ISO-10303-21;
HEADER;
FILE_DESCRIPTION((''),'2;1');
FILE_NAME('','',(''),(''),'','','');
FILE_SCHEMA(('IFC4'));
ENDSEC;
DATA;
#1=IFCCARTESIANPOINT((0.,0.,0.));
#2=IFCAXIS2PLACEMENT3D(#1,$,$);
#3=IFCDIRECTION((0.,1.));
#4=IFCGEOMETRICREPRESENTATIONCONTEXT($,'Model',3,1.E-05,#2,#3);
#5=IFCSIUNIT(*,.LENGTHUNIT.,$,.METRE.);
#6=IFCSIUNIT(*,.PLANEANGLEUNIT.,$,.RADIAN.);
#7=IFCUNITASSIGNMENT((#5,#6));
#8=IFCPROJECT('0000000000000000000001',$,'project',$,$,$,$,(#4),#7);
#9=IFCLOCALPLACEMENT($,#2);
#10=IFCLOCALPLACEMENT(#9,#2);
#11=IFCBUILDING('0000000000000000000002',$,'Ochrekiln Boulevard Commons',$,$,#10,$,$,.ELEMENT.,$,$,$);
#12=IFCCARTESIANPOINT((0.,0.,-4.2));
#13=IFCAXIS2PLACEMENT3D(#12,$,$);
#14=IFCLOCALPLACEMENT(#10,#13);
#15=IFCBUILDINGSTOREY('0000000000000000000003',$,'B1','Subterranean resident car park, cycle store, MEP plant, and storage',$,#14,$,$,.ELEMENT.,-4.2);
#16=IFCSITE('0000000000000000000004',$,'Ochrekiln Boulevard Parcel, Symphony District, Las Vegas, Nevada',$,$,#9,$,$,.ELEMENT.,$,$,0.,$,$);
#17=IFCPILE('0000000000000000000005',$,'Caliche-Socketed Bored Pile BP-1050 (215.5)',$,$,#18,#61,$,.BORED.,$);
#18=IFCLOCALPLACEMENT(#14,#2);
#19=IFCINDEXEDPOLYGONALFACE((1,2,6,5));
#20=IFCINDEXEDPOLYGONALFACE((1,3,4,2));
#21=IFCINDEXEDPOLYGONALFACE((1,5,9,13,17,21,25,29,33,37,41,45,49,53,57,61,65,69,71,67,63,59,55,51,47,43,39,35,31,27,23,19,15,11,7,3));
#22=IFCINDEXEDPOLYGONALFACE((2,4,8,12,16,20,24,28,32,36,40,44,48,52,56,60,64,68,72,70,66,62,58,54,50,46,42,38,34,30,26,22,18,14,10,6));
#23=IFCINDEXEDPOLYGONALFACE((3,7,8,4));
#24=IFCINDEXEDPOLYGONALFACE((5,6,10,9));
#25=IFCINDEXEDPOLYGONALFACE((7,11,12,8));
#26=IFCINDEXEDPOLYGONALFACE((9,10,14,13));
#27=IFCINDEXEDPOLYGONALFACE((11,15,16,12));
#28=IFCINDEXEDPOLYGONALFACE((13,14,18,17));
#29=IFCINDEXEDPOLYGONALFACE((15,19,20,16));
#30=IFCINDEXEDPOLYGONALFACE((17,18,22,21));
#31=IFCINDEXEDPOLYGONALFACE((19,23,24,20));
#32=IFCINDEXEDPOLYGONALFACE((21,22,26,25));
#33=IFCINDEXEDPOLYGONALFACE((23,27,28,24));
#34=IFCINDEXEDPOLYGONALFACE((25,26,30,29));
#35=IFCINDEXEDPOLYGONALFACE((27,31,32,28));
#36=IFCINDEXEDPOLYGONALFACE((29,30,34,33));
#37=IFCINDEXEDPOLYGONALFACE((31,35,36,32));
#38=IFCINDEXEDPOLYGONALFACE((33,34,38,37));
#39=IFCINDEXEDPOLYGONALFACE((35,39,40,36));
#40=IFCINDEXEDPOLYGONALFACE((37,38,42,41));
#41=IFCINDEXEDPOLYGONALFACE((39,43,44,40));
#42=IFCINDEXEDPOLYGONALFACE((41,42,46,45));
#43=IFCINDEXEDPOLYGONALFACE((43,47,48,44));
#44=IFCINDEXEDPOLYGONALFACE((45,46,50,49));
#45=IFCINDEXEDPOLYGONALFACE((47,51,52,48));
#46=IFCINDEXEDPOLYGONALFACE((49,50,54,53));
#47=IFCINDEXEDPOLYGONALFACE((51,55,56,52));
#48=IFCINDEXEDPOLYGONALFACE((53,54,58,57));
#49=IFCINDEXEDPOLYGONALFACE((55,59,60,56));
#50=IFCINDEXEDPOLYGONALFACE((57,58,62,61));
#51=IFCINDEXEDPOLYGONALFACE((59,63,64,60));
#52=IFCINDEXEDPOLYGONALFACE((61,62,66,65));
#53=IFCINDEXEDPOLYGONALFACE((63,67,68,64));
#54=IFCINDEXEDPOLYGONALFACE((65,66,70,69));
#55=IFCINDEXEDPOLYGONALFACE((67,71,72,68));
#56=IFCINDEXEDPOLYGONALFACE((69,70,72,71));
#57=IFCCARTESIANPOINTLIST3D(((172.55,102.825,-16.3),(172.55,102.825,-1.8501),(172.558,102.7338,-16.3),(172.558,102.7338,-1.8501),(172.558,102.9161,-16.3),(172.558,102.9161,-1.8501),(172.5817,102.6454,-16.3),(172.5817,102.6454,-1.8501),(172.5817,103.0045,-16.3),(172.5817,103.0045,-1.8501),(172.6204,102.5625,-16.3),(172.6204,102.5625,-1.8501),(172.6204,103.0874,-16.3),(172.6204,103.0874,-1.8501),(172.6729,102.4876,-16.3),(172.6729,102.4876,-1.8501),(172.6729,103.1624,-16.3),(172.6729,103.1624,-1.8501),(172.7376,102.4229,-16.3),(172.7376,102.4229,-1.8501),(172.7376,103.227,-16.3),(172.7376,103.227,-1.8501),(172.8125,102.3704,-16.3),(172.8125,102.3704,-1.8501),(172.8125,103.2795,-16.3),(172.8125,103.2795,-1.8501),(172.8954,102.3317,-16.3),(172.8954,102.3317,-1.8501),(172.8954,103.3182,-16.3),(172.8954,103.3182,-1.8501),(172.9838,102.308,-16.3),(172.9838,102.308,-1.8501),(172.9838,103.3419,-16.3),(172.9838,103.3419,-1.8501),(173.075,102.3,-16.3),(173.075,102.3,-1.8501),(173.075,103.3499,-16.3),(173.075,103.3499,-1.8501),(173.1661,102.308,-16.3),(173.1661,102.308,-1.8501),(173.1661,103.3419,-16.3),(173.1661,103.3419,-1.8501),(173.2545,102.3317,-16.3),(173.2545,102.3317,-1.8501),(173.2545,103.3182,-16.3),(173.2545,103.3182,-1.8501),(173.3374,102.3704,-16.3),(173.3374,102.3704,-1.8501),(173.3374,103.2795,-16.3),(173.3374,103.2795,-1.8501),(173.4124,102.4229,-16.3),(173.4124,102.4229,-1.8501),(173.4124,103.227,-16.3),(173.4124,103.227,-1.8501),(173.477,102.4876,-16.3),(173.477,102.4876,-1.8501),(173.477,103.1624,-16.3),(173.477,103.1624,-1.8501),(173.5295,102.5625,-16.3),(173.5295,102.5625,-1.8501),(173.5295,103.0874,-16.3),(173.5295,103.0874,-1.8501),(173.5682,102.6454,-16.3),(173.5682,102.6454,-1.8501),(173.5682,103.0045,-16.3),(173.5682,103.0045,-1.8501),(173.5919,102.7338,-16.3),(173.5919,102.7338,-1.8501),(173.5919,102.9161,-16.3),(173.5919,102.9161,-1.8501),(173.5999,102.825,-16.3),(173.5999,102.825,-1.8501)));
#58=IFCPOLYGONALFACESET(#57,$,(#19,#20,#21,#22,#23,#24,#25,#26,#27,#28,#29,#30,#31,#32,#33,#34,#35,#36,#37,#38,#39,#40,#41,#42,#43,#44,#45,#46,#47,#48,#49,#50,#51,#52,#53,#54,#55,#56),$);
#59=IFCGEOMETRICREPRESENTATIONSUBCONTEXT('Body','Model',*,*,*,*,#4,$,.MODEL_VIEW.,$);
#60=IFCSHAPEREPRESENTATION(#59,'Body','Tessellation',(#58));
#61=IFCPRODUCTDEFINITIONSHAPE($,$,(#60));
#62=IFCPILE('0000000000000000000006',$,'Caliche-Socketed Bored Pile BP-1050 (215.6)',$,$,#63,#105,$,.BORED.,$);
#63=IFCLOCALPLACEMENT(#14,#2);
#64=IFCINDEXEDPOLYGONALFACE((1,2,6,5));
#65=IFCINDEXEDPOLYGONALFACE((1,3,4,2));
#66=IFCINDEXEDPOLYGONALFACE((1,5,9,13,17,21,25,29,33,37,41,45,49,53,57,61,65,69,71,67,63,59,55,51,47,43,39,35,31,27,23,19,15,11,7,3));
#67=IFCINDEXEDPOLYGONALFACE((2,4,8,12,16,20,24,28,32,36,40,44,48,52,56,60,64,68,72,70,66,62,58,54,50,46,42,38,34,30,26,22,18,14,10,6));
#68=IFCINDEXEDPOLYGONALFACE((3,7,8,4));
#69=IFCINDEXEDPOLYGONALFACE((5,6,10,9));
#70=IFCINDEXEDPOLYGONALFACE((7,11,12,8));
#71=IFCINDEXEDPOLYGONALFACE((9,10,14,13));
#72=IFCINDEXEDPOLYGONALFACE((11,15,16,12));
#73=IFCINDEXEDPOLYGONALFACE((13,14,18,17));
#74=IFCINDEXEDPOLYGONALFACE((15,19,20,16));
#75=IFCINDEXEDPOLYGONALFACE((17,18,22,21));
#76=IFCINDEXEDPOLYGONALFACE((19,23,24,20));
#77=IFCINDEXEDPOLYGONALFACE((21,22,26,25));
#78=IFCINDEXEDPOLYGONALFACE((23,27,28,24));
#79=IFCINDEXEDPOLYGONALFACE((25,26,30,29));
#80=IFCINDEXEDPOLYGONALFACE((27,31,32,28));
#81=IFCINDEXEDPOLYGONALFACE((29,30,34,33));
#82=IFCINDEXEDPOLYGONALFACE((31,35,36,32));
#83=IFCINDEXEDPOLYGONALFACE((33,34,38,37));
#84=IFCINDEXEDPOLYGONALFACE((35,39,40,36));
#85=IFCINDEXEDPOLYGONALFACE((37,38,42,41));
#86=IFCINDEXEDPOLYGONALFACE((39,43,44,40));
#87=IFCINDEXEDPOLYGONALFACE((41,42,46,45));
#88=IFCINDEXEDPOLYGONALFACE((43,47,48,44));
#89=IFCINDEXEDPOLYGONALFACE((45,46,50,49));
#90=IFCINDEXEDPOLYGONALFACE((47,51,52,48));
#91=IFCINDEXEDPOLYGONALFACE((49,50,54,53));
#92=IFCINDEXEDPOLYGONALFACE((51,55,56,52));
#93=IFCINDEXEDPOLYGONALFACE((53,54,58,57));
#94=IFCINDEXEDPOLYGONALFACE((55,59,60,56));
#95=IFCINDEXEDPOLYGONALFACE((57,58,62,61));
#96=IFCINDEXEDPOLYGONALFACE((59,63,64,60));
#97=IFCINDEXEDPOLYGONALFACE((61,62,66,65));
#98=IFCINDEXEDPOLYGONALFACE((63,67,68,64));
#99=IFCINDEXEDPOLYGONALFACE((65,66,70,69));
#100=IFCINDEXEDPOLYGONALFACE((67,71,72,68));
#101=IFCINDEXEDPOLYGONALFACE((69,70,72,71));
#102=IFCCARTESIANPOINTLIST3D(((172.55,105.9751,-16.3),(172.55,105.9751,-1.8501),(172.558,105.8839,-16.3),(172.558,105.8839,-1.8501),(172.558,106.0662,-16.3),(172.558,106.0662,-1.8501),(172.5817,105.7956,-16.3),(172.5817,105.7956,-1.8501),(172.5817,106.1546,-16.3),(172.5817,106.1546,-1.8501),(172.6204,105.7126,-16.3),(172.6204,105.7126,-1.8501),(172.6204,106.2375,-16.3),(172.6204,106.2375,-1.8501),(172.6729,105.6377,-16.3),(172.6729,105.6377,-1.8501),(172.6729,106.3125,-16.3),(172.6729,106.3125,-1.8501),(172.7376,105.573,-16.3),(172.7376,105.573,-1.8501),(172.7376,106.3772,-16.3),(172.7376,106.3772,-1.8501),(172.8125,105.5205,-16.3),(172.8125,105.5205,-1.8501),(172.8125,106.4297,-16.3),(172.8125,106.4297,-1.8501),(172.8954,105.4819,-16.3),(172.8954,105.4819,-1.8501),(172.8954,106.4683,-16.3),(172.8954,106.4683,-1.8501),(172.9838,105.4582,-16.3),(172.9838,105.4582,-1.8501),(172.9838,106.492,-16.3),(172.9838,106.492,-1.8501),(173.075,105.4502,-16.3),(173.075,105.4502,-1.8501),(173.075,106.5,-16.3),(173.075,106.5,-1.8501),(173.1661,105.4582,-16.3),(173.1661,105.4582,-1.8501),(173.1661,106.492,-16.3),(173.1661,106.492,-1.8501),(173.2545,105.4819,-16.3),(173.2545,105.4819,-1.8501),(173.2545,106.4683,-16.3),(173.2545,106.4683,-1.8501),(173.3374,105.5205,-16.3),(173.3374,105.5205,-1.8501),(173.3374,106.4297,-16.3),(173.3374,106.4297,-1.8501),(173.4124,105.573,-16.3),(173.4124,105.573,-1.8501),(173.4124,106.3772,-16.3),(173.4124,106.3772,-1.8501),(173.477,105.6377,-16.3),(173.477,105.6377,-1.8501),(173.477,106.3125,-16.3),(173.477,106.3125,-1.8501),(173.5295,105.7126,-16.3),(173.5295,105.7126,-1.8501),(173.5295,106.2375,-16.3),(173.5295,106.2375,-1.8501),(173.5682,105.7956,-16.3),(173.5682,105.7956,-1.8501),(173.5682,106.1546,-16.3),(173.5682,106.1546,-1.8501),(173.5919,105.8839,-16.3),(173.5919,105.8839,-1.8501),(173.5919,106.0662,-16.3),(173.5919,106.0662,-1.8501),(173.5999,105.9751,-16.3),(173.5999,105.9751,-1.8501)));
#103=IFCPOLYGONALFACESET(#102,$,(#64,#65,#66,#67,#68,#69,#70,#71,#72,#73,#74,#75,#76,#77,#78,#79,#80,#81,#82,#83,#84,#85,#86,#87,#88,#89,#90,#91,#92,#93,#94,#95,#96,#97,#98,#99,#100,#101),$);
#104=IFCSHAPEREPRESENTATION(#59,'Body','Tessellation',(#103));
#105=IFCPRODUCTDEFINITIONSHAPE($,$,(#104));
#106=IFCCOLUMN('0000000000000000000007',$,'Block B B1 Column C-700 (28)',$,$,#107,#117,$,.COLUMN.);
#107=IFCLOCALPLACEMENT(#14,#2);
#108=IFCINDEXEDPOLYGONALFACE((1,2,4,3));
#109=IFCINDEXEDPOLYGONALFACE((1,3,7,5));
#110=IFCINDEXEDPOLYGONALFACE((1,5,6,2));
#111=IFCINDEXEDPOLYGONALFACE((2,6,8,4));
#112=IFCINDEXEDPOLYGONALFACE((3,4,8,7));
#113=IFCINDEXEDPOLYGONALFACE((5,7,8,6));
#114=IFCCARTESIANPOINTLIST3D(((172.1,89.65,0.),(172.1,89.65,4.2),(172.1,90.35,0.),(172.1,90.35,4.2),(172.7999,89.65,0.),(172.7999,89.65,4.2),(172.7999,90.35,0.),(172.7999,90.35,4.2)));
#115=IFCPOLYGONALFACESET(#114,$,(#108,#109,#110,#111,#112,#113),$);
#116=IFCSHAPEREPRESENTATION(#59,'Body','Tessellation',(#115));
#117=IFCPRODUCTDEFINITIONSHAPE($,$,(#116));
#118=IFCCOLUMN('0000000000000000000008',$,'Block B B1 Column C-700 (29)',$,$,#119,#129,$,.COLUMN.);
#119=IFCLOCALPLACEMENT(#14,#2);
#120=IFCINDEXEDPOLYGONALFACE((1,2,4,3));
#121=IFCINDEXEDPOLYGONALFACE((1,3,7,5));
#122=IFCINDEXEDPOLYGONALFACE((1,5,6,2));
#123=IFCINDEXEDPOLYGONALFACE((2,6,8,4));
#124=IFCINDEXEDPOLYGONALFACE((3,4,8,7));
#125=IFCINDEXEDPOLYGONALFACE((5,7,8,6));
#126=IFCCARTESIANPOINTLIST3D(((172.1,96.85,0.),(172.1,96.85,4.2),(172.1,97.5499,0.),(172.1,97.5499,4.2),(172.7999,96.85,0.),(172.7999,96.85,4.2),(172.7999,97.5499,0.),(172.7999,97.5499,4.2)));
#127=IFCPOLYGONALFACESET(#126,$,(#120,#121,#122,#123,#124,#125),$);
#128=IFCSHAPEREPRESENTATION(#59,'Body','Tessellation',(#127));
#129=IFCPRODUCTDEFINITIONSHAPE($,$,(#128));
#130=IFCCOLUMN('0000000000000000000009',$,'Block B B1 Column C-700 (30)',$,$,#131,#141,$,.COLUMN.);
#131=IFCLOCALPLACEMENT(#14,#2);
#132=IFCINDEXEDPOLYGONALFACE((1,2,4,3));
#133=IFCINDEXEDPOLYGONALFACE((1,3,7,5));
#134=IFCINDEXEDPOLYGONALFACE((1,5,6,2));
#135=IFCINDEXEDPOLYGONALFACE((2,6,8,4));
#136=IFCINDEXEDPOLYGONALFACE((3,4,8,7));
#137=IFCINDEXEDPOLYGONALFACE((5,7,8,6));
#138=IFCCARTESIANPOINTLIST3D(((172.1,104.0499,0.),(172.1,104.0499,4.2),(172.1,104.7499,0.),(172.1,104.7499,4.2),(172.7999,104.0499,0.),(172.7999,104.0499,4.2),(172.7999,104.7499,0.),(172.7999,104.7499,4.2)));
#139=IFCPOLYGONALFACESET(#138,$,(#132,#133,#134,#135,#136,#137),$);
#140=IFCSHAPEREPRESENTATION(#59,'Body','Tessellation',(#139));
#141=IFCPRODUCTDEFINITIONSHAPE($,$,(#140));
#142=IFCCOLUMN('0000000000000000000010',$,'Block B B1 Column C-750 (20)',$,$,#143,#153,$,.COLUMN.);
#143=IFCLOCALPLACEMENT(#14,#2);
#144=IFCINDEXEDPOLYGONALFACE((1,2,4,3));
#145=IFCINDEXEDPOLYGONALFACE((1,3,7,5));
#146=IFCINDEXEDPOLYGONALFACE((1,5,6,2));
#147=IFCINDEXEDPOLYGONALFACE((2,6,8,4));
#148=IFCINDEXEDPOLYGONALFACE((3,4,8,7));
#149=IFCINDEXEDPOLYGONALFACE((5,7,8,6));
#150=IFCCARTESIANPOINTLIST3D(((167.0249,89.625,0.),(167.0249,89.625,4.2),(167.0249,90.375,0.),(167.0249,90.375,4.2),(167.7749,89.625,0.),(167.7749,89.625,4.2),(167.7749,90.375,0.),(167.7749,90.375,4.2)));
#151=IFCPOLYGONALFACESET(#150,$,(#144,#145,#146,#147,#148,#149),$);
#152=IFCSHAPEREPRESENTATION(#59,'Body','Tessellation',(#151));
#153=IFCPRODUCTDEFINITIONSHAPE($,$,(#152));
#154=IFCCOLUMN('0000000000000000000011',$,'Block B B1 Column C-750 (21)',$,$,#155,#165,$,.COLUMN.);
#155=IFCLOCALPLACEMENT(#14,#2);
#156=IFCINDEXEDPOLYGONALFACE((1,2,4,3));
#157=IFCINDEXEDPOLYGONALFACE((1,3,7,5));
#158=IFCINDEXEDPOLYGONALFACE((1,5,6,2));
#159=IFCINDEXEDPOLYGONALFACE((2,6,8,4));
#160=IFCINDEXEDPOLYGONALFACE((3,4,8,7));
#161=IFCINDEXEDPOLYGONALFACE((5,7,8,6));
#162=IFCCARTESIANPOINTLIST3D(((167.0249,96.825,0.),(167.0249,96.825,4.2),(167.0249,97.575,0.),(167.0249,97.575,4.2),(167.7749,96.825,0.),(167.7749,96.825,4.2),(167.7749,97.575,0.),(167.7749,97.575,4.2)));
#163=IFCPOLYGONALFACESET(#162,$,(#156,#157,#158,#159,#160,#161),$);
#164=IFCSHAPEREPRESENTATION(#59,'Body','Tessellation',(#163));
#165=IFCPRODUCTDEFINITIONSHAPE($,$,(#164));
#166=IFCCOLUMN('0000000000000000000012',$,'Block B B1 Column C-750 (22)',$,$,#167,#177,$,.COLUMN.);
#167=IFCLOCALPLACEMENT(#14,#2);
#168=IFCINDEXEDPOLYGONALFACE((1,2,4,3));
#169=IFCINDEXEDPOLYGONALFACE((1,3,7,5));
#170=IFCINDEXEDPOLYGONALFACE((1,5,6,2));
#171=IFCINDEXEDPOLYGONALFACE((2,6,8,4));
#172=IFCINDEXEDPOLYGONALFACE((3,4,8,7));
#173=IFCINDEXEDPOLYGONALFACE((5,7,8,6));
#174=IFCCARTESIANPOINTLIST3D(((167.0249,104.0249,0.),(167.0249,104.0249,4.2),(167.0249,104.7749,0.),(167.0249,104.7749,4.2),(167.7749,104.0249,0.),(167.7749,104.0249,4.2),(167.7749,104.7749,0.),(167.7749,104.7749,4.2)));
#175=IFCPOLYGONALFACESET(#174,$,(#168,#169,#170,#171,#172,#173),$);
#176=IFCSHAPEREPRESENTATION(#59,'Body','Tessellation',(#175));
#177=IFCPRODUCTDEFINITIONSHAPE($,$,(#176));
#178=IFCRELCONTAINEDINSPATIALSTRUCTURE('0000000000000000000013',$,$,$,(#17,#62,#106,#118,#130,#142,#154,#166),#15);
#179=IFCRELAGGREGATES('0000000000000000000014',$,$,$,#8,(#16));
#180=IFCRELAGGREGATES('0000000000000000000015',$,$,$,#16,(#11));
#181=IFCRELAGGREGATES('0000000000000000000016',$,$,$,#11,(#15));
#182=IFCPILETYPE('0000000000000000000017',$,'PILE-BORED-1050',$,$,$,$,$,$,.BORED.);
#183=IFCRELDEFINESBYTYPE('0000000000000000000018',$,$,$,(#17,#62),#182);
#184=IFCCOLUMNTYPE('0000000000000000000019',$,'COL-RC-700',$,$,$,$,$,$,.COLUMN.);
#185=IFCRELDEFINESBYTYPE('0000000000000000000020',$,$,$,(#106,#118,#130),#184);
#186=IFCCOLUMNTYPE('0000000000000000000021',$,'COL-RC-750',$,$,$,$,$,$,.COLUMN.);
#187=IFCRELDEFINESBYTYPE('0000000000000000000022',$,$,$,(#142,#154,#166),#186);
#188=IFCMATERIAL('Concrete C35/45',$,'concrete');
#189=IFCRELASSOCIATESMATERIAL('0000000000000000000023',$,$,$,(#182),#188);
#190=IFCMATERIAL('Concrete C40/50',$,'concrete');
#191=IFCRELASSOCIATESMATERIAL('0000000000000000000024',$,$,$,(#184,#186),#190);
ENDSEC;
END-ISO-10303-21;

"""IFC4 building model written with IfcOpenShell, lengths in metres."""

from ifc_helpers import new_model, si_unit, direction, frame, origin, origin_2d, place, context, subcontext, project, spatial, rectangle, circle, extrude, material, material_profile, profile_set, type_object, element, save


model = new_model("IFC4")

# Units and contexts
model_context = context("Model", 3, precision=1e-05, world=origin(), true_north=direction((0.0, 1.0)))
body_context = subcontext(model_context, "Body", "Model", "MODEL_VIEW")
ifc_project = project(units=[si_unit("LENGTHUNIT", "METRE"), si_unit("PLANEANGLEUNIT", "RADIAN")], contexts=[model_context])

# Site, building, storey
site_placement = place(None, origin())
site = spatial("IfcSite", under=ifc_project, at=site_placement, Name="Ochrekiln Boulevard Parcel, Symphony District, Las Vegas, Nevada", CompositionType="ELEMENT", RefElevation=0.0)
building_placement = place(site_placement, origin())
building = spatial("IfcBuilding", under=site, at=building_placement, Name="Ochrekiln Boulevard Commons", CompositionType="ELEMENT")
storey_placement = place(building_placement, frame((0.0, 0.0, -4.2)))
storey = spatial("IfcBuildingStorey", under=building, at=storey_placement, Name="B1", Description="Subterranean resident car park, cycle store, MEP plant, and storage", CompositionType="ELEMENT", Elevation=-4.2)

# Shared definitions
ifc_material_1 = material(Name="Concrete C35/45", Category="concrete")

# Piles
ifc_material_profile_1 = material_profile(ifc_material_1, circle(Radius=0.5249, at=origin_2d()), Name="PILE-D1050")
ifc_profile_set_1 = profile_set([ifc_material_profile_1], Name="Concrete C35/45")
pile_type = type_object("IfcPileType", Name="PILE-BORED-1050", PredefinedType="BORED", material=ifc_profile_set_1)
for number, where, z_axis, x_axis, name in (
    (1, (173.075, 102.825, -1.8501), (0.0, 0.0, -1.0), (1.0, 0.0, 0.0), "Caliche-Socketed Bored Pile BP-1050 (215.5)"),
    (2, (173.075, 105.9751, -1.8501), (0.0, 0.0, -1.0), (1.0, 0.0, 0.0), "Caliche-Socketed Bored Pile BP-1050 (215.6)"),
):
    element("IfcPile", number, at=place(storey_placement, frame(where, z_axis=z_axis, x_axis=x_axis)), inside=storey, type_object=pile_type, Name=name, PredefinedType="BORED", context=body_context, shape_type="SweptSolid", body=[
        extrude(circle(Radius=0.5249, at=origin_2d()), origin(), (0.0, 0.0, 1.0), 14.45),
    ])

# Columns
ifc_material_2 = material(Name="Concrete C40/50", Category="concrete")
ifc_material_profile_2 = material_profile(ifc_material_2, rectangle(XDim=0.7, YDim=0.7, at=origin_2d()), Name="RC-COL-700x700")
ifc_profile_set_2 = profile_set([ifc_material_profile_2], Name="Concrete C40/50")
column_type_1 = type_object("IfcColumnType", Name="COL-RC-700", PredefinedType="COLUMN", material=ifc_profile_set_2)
for number, where, z_axis, x_axis, name in (
    (3, (172.45, 90.0, 0.0), (0.0, 0.0, 1.0), (1.0, 0.0, 0.0), "Block B B1 Column C-700 (28)"),
    (4, (172.45, 97.2, 0.0), (0.0, 0.0, 1.0), (1.0, 0.0, 0.0), "Block B B1 Column C-700 (29)"),
    (5, (172.45, 104.3999, 0.0), (0.0, 0.0, 1.0), (1.0, 0.0, 0.0), "Block B B1 Column C-700 (30)"),
):
    element("IfcColumn", number, at=place(storey_placement, frame(where, z_axis=z_axis, x_axis=x_axis)), inside=storey, type_object=column_type_1, Name=name, PredefinedType="COLUMN", context=body_context, shape_type="SweptSolid", body=[
        extrude(rectangle(XDim=0.7, YDim=0.7, at=origin_2d()), origin(), (0.0, 0.0, 1.0), 4.2),
    ])
ifc_material_profile_3 = material_profile(ifc_material_2, rectangle(XDim=0.75, YDim=0.75, at=origin_2d()), Name="RC-COL-750x750")
ifc_profile_set_3 = profile_set([ifc_material_profile_3], Name="Concrete C40/50")
column_type_2 = type_object("IfcColumnType", Name="COL-RC-750", PredefinedType="COLUMN", material=ifc_profile_set_3)
for number, where, z_axis, x_axis, name in (
    (6, (167.3999, 90.0, 0.0), (0.0, 0.0, 1.0), (1.0, 0.0, 0.0), "Block B B1 Column C-750 (20)"),
    (7, (167.3999, 97.2, 0.0), (0.0, 0.0, 1.0), (1.0, 0.0, 0.0), "Block B B1 Column C-750 (21)"),
    (8, (167.3999, 104.3999, 0.0), (0.0, 0.0, 1.0), (1.0, 0.0, 0.0), "Block B B1 Column C-750 (22)"),
):
    element("IfcColumn", number, at=place(storey_placement, frame(where, z_axis=z_axis, x_axis=x_axis)), inside=storey, type_object=column_type_2, Name=name, PredefinedType="COLUMN", context=body_context, shape_type="SweptSolid", body=[
        extrude(rectangle(XDim=0.75, YDim=0.75, at=origin_2d()), origin(), (0.0, 0.0, 1.0), 4.2),
    ])

save(model, "model.ifc")
